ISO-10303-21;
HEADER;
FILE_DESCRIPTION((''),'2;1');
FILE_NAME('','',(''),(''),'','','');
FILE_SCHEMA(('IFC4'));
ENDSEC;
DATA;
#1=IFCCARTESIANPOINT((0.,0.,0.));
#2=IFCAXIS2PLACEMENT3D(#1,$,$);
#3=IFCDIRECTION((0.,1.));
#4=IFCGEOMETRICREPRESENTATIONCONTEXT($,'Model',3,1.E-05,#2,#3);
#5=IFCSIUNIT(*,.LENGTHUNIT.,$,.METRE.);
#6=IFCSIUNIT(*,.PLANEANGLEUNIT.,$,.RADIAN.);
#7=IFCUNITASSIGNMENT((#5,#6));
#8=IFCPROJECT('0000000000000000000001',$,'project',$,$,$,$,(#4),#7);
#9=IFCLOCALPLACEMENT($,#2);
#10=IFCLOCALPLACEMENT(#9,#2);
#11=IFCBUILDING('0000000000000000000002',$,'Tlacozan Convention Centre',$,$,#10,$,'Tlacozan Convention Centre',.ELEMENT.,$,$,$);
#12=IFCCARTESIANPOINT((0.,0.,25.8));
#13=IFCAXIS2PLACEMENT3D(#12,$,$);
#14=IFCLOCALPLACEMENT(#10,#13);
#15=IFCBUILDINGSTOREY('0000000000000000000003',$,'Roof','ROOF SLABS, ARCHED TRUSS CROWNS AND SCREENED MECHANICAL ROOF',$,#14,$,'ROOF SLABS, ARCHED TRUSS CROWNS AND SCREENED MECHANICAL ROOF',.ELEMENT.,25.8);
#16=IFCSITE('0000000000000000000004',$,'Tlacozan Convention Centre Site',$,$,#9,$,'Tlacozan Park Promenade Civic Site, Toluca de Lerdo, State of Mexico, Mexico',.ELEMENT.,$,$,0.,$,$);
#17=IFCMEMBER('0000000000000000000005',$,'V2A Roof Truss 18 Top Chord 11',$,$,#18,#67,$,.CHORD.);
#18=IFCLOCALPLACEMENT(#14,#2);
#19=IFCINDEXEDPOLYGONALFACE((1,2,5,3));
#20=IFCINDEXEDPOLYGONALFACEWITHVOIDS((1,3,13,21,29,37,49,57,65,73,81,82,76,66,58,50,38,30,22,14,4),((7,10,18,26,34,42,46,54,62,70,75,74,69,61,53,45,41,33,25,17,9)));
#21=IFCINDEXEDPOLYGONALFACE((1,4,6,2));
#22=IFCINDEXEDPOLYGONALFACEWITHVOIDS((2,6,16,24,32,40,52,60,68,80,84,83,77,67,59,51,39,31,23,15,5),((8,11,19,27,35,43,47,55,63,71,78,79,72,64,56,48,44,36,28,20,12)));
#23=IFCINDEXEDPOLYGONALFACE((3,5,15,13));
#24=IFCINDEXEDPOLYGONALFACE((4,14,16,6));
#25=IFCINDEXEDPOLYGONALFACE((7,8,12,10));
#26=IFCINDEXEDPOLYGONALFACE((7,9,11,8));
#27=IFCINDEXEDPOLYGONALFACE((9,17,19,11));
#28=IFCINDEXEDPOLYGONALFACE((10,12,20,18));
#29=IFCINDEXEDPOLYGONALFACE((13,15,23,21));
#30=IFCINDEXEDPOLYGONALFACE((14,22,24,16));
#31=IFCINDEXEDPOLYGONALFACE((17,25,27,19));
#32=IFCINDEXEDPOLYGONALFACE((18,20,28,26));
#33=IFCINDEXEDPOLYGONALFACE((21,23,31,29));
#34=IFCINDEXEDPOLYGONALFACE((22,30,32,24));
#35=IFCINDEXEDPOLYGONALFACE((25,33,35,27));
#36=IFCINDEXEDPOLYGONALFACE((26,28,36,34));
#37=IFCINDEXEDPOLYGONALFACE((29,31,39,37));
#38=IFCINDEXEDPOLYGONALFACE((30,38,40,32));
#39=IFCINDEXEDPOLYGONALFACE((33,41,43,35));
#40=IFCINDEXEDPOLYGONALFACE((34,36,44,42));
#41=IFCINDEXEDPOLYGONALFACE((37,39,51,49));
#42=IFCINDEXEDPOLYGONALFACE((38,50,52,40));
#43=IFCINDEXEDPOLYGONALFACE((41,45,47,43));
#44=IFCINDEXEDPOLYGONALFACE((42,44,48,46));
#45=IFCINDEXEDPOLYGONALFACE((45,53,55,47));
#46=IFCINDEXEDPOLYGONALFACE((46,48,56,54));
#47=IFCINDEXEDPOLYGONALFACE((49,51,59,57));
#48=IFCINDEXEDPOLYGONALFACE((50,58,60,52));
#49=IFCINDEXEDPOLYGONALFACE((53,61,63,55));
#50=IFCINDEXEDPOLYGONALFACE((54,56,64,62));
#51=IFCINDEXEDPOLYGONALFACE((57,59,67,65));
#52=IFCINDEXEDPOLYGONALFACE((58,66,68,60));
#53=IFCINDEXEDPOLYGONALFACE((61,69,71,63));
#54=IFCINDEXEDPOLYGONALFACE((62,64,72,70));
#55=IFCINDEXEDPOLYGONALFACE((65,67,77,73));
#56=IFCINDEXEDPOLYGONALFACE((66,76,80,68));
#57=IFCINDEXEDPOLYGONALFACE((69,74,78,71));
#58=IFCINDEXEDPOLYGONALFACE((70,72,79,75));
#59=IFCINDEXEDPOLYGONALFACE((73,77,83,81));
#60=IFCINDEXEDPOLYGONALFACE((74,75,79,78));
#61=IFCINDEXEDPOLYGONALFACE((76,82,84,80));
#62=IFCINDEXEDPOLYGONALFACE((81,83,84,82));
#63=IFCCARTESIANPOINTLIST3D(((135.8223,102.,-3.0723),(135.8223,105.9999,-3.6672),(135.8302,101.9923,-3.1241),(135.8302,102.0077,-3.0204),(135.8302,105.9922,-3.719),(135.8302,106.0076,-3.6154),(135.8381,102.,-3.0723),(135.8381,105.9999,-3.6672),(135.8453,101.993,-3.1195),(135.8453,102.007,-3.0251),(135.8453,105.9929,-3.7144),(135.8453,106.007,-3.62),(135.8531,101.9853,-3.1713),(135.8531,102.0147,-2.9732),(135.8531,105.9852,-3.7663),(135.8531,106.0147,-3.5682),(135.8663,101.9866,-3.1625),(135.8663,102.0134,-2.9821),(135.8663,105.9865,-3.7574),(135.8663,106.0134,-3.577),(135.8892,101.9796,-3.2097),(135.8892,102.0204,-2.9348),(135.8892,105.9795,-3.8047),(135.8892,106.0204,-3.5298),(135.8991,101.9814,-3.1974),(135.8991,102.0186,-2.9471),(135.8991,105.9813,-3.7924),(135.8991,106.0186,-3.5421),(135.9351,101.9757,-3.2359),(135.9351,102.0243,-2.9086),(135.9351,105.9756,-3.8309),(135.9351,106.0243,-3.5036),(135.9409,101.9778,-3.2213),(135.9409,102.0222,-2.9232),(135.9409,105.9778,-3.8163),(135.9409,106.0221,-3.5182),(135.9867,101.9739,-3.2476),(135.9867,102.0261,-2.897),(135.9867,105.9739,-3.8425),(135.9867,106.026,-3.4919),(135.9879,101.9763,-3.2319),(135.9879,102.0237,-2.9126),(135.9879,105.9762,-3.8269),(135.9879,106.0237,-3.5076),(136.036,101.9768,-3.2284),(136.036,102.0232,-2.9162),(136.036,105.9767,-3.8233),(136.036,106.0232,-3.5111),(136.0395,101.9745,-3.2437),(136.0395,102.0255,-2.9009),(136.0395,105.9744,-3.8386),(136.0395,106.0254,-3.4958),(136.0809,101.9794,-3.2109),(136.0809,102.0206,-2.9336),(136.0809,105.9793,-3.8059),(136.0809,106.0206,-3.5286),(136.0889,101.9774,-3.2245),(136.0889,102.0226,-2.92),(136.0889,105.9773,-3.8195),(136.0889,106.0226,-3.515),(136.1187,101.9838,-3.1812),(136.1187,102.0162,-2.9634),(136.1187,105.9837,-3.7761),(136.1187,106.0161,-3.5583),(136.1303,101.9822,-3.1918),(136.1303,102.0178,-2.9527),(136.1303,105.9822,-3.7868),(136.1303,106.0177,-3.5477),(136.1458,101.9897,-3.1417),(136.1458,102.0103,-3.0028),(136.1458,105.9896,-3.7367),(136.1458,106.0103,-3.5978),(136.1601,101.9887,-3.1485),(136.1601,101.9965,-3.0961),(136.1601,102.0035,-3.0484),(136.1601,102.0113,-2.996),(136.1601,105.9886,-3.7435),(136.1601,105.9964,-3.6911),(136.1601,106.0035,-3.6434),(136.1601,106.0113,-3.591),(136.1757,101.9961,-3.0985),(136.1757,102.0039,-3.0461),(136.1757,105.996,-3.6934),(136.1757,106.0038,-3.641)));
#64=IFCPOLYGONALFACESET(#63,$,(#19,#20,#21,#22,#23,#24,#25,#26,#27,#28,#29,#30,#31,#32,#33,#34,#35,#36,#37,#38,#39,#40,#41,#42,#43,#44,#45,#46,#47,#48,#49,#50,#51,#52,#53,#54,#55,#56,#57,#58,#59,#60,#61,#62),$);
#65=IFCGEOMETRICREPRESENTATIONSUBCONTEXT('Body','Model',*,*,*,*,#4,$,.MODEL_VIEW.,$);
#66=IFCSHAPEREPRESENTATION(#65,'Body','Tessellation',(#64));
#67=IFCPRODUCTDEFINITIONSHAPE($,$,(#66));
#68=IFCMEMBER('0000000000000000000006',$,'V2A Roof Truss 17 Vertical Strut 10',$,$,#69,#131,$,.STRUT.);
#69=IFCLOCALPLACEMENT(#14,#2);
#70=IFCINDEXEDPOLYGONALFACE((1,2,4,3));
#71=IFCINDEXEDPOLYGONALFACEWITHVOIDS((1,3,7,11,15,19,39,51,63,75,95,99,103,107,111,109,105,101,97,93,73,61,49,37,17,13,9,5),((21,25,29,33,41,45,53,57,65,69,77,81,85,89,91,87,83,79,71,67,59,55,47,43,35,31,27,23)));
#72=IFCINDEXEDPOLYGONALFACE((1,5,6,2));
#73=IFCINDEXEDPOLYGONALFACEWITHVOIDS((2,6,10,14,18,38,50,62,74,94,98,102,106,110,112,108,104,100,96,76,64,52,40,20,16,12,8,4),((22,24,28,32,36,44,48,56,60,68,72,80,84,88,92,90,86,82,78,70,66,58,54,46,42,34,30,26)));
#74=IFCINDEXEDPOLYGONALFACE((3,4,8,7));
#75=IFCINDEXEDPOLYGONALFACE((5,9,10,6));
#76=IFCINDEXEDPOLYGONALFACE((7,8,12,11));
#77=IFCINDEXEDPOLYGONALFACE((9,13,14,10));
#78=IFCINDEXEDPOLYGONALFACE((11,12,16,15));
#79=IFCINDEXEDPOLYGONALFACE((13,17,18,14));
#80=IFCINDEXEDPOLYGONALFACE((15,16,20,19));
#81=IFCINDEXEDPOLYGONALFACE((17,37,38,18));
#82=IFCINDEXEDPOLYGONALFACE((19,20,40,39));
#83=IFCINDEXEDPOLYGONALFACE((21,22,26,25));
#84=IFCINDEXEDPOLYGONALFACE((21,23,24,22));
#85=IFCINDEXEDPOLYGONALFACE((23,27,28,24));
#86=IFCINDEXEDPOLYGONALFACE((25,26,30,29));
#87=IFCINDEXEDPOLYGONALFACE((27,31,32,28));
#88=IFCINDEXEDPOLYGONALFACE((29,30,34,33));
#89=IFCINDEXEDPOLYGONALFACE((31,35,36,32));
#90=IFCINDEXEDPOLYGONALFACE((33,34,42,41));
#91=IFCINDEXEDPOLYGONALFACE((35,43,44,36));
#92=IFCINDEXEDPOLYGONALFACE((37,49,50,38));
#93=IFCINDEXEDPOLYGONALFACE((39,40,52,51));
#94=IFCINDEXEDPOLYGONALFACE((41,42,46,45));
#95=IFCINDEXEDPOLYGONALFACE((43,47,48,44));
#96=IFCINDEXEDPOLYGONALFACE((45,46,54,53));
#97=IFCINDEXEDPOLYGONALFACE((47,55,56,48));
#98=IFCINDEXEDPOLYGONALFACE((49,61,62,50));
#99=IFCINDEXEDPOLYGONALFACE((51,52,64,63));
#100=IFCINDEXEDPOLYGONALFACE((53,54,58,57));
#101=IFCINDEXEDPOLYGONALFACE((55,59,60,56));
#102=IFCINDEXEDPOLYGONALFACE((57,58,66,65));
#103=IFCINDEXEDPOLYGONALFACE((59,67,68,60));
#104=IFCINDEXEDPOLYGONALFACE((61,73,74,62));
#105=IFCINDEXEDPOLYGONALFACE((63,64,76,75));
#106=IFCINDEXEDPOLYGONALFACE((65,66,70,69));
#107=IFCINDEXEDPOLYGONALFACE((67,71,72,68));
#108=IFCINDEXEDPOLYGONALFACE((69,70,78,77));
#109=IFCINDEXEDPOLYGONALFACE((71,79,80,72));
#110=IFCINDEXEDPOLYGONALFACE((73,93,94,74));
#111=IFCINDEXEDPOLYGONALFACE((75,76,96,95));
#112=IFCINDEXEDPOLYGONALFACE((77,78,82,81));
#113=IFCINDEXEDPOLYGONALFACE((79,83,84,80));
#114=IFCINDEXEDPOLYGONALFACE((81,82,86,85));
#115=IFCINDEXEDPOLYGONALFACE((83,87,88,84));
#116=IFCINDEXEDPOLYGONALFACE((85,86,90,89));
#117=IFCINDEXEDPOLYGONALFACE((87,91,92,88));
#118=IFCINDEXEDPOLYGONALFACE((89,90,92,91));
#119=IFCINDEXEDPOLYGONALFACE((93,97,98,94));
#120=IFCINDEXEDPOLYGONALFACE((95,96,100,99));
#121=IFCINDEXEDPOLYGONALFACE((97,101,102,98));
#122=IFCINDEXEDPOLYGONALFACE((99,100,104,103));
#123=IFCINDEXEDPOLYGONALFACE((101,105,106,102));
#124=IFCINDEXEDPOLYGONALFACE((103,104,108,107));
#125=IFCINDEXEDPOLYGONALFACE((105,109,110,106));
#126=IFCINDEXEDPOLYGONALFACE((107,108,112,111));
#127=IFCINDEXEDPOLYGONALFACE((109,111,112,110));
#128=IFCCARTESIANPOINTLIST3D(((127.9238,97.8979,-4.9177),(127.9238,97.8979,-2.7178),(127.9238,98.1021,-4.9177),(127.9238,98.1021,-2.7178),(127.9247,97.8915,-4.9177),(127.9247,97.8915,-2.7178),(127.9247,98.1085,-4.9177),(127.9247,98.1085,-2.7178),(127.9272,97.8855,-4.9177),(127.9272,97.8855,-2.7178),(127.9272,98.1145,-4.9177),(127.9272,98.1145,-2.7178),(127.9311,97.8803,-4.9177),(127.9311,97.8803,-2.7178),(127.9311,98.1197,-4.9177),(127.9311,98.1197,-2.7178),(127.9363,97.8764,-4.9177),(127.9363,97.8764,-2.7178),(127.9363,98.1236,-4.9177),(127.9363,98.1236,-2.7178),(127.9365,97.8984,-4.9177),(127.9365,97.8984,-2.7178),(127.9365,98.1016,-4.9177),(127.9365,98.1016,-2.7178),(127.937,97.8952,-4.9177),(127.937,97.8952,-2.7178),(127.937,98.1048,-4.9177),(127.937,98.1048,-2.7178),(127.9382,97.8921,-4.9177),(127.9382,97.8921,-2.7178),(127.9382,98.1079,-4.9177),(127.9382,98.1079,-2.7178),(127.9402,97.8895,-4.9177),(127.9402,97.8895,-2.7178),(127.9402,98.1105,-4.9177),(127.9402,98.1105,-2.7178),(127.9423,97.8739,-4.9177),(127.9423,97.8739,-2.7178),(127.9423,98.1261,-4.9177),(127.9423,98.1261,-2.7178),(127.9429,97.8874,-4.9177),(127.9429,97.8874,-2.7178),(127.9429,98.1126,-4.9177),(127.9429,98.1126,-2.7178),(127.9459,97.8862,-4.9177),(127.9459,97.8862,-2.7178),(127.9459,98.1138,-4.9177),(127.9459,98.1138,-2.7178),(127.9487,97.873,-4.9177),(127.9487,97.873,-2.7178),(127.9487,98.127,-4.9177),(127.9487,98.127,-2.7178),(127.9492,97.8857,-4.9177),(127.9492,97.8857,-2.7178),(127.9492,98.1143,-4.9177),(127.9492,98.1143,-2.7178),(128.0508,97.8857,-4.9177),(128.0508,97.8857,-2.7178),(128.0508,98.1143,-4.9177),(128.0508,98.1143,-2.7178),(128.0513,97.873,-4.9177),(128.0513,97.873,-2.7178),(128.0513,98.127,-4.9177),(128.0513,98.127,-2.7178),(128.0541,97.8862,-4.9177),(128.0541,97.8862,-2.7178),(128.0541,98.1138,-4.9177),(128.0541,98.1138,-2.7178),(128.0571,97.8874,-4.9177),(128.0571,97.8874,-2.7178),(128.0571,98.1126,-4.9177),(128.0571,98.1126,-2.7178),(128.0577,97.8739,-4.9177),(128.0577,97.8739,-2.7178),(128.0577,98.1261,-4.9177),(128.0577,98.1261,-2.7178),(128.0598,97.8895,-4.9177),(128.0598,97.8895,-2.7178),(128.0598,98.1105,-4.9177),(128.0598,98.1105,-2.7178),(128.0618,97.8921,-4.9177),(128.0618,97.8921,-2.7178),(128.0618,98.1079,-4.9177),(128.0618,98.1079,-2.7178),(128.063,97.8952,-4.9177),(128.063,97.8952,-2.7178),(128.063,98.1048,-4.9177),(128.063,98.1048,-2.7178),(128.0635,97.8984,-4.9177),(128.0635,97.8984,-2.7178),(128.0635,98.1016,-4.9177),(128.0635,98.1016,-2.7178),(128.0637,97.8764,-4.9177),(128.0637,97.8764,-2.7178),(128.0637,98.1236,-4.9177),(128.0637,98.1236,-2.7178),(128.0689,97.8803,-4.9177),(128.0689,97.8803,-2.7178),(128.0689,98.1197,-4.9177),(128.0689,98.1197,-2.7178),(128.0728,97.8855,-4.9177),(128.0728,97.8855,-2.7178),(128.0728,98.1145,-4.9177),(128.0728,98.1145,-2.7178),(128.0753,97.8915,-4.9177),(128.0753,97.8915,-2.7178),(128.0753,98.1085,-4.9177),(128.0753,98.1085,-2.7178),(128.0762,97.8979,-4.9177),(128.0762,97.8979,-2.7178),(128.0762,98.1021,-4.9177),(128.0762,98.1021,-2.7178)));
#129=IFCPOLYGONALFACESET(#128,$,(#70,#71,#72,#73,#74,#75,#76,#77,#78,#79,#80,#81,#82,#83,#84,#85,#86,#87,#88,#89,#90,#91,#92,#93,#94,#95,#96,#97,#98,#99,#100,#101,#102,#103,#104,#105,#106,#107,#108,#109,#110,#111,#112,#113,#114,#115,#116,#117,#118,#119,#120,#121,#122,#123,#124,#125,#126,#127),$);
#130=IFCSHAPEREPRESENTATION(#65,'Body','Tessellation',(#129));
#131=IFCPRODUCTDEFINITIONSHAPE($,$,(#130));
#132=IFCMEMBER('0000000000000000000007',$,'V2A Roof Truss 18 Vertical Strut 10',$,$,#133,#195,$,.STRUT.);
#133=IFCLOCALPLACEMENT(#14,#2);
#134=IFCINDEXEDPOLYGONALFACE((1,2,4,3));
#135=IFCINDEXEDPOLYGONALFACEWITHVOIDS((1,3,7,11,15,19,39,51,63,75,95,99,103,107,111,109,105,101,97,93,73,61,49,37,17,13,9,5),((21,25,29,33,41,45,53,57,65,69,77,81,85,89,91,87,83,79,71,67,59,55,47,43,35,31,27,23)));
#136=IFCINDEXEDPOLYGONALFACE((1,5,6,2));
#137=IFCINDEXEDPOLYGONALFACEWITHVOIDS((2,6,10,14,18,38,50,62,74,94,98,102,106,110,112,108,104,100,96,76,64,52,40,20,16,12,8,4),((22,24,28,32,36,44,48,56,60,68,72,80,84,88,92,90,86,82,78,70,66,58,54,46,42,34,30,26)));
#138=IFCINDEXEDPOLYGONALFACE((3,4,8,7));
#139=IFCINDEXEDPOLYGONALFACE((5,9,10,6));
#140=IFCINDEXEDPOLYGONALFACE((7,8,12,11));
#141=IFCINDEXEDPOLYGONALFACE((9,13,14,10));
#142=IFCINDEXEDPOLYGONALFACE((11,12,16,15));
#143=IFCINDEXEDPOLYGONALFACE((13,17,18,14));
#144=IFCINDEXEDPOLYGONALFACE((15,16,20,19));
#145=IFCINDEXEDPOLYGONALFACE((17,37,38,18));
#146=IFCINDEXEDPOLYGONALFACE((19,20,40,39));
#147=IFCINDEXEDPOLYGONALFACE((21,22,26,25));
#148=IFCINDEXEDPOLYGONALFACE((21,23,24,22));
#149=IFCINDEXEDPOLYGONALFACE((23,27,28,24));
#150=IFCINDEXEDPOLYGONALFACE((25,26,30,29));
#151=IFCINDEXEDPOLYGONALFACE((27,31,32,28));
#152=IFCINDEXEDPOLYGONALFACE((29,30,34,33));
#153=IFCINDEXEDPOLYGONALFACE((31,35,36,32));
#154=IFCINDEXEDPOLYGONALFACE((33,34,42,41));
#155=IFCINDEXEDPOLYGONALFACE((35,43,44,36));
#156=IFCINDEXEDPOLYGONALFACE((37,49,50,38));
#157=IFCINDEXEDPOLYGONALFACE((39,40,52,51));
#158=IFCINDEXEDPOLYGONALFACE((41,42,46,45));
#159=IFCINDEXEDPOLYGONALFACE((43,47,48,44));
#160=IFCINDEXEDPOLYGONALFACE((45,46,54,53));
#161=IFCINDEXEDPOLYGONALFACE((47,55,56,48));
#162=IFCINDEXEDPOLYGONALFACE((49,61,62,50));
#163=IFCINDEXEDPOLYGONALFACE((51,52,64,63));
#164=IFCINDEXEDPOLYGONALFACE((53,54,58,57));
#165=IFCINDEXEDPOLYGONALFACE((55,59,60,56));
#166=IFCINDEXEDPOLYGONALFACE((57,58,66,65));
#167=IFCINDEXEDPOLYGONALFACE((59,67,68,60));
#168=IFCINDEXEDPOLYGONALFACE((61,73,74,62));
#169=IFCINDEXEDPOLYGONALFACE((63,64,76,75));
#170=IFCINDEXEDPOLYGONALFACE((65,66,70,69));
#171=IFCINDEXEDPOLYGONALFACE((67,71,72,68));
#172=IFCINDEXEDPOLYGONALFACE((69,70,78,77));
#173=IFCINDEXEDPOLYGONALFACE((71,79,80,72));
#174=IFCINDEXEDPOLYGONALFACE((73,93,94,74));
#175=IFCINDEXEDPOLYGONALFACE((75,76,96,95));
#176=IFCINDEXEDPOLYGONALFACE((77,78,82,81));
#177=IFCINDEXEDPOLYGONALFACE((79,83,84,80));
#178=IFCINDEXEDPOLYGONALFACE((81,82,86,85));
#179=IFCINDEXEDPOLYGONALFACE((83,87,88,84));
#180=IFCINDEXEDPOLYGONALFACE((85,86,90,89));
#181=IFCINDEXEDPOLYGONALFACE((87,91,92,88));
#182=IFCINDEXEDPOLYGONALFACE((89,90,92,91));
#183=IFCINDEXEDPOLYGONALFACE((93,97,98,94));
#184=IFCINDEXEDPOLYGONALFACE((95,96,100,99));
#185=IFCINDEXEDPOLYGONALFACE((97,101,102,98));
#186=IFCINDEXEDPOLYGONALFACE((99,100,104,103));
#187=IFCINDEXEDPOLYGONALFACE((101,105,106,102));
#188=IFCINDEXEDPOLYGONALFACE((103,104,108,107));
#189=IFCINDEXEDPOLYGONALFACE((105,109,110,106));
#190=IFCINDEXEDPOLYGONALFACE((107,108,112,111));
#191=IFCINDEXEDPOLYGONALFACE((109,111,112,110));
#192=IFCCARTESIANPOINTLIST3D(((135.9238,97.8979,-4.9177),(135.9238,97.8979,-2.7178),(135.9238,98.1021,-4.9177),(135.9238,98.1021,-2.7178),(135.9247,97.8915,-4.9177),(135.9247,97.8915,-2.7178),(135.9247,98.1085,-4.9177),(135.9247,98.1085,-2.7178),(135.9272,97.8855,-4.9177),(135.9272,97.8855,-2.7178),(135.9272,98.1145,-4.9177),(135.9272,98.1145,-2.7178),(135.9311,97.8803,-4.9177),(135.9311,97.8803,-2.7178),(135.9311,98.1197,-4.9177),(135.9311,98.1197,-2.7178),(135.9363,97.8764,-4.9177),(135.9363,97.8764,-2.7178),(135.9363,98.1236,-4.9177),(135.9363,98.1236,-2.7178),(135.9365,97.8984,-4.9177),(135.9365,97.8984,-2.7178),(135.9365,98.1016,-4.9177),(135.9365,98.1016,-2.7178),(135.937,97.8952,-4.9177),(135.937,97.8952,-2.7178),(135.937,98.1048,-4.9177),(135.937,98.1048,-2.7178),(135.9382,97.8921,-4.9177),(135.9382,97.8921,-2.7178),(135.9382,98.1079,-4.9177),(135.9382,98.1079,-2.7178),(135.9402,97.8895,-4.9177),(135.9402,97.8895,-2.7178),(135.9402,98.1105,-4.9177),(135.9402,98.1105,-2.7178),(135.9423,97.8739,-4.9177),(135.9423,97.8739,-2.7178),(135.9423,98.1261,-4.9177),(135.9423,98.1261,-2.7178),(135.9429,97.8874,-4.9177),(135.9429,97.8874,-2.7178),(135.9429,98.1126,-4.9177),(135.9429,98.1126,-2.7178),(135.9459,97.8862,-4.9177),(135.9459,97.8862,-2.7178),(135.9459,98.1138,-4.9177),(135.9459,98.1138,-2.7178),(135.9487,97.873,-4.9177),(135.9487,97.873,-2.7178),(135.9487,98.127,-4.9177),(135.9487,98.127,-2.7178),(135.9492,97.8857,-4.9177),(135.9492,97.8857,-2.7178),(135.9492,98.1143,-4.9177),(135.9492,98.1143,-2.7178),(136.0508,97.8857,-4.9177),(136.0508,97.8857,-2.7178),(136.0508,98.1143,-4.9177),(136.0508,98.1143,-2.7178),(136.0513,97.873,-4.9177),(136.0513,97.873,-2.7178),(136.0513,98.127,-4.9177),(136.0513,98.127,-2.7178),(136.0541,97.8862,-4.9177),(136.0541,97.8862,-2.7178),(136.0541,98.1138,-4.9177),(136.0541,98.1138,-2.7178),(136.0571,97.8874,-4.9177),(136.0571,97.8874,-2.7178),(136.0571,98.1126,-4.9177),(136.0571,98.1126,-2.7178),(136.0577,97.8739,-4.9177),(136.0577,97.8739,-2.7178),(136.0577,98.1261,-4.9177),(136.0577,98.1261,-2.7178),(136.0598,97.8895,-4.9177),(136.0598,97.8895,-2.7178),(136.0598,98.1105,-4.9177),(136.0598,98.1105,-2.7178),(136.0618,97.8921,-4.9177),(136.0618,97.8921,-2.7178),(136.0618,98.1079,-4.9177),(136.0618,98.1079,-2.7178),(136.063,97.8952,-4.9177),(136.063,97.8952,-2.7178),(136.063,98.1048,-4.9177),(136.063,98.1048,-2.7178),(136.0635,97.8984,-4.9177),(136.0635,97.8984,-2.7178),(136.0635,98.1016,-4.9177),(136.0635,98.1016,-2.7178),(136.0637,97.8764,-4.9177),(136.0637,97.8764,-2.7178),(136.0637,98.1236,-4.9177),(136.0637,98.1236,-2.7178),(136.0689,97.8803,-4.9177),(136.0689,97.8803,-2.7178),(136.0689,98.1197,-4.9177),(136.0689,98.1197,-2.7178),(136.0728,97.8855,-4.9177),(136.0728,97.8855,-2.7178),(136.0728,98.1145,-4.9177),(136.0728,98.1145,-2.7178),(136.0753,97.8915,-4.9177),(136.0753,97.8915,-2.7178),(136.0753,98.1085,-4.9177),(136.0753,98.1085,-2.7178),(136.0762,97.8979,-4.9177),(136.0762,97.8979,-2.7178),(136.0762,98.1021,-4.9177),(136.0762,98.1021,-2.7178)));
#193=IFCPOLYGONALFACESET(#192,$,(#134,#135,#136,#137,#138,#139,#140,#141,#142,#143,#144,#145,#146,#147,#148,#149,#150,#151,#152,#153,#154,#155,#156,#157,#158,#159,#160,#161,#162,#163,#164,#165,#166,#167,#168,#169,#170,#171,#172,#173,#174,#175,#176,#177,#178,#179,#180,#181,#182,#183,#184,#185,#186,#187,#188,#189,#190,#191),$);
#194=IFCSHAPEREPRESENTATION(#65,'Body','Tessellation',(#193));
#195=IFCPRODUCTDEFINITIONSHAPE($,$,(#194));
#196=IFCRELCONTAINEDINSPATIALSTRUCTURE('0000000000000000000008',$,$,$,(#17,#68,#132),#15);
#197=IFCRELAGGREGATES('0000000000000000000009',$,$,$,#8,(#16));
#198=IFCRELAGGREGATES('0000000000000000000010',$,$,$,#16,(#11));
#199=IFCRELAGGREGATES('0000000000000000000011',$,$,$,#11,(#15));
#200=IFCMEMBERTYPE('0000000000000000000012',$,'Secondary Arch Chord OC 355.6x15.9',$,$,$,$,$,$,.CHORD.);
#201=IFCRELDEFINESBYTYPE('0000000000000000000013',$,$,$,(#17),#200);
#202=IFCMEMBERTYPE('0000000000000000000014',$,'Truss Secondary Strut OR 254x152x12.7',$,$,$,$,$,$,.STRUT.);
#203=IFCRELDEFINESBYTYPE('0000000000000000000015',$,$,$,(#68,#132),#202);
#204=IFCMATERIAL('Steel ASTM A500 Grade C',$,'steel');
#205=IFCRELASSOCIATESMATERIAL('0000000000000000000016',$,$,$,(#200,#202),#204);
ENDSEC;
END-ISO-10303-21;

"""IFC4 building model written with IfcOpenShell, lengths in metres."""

from ifc_helpers import new_model, si_unit, direction, frame, origin, origin_2d, place, context, subcontext, project, spatial, hollow_rectangle, hollow_circle, extrude, material, material_profile, profile_set, type_object, element, save


model = new_model("IFC4")

# Units and contexts
model_context = context("Model", 3, precision=1e-05, world=origin(), true_north=direction((0.0, 1.0)))
body_context = subcontext(model_context, "Body", "Model", "MODEL_VIEW")
ifc_project = project(units=[si_unit("LENGTHUNIT", "METRE"), si_unit("PLANEANGLEUNIT", "RADIAN")], contexts=[model_context])

# Site, building, storey
site_placement = place(None, origin())
site = spatial("IfcSite", under=ifc_project, at=site_placement, Name="Tlacozan Convention Centre Site", LongName="Tlacozan Park Promenade Civic Site, Toluca de Lerdo, State of Mexico, Mexico", CompositionType="ELEMENT", RefElevation=0.0)
building_placement = place(site_placement, origin())
building = spatial("IfcBuilding", under=site, at=building_placement, Name="Tlacozan Convention Centre", LongName="Tlacozan Convention Centre", CompositionType="ELEMENT")
storey_placement = place(building_placement, frame((0.0, 0.0, 25.8)))
storey = spatial("IfcBuildingStorey", under=building, at=storey_placement, Name="Roof", Description="ROOF SLABS, ARCHED TRUSS CROWNS AND SCREENED MECHANICAL ROOF", LongName="ROOF SLABS, ARCHED TRUSS CROWNS AND SCREENED MECHANICAL ROOF", CompositionType="ELEMENT", Elevation=25.8)

# Members
ifc_material_1 = material(Name="Steel ASTM A500 Grade C", Category="steel")
ifc_material_profile_1 = material_profile(ifc_material_1, hollow_circle(Radius=0.1777, WallThickness=0.0159, at=origin_2d()), Name="OC 355.6x15.9")
ifc_profile_set_1 = profile_set([ifc_material_profile_1], Name="Steel ASTM A500 Grade C")
member_type_1 = type_object("IfcMemberType", Name="Secondary Arch Chord OC 355.6x15.9", PredefinedType="CHORD", material=ifc_profile_set_1)
member_1_placement = place(storey_placement, frame((136.0, 102.0, -3.0723), z_axis=(0.0, 0.989118, -0.147124), x_axis=(-1.0, 0.0, 0.0)))
element("IfcMember", 1, at=member_1_placement, inside=storey, type_object=member_type_1, Name="V2A Roof Truss 18 Top Chord 11", PredefinedType="CHORD", context=body_context, shape_type="SweptSolid", body=[
    extrude(hollow_circle(Radius=0.1777, WallThickness=0.0159, at=origin_2d()), origin(), (0.0, 0.0, 1.0), 4.0439),
])
ifc_material_profile_2 = material_profile(ifc_material_1, hollow_rectangle(XDim=0.1523, YDim=0.2539, WallThickness=0.0127, InnerFilletRadius=0.0127, OuterFilletRadius=0.0249, at=origin_2d()), Name="OR 254x152x12.7")
ifc_profile_set_2 = profile_set([ifc_material_profile_2], Name="Steel ASTM A500 Grade C")
member_type_2 = type_object("IfcMemberType", Name="Truss Secondary Strut OR 254x152x12.7", PredefinedType="STRUT", material=ifc_profile_set_2)
for number, where, z_axis, x_axis, name in (
    (2, (128.0, 98.0, -4.9177), (0.0, 0.0, 1.0), (1.0, 0.0, 0.0), "V2A Roof Truss 17 Vertical Strut 10"),
    (3, (136.0, 98.0, -4.9177), (0.0, 0.0, 1.0), (1.0, 0.0, 0.0), "V2A Roof Truss 18 Vertical Strut 10"),
):
    element("IfcMember", number, at=place(storey_placement, frame(where, z_axis=z_axis, x_axis=x_axis)), inside=storey, type_object=member_type_2, Name=name, PredefinedType="STRUT", context=body_context, shape_type="SweptSolid", body=[
        extrude(hollow_rectangle(XDim=0.1523, YDim=0.2539, WallThickness=0.0127, InnerFilletRadius=0.0127, OuterFilletRadius=0.0249, at=origin_2d()), origin(), (0.0, 0.0, 1.0), 2.2),
    ])

save(model, "model.ifc")
